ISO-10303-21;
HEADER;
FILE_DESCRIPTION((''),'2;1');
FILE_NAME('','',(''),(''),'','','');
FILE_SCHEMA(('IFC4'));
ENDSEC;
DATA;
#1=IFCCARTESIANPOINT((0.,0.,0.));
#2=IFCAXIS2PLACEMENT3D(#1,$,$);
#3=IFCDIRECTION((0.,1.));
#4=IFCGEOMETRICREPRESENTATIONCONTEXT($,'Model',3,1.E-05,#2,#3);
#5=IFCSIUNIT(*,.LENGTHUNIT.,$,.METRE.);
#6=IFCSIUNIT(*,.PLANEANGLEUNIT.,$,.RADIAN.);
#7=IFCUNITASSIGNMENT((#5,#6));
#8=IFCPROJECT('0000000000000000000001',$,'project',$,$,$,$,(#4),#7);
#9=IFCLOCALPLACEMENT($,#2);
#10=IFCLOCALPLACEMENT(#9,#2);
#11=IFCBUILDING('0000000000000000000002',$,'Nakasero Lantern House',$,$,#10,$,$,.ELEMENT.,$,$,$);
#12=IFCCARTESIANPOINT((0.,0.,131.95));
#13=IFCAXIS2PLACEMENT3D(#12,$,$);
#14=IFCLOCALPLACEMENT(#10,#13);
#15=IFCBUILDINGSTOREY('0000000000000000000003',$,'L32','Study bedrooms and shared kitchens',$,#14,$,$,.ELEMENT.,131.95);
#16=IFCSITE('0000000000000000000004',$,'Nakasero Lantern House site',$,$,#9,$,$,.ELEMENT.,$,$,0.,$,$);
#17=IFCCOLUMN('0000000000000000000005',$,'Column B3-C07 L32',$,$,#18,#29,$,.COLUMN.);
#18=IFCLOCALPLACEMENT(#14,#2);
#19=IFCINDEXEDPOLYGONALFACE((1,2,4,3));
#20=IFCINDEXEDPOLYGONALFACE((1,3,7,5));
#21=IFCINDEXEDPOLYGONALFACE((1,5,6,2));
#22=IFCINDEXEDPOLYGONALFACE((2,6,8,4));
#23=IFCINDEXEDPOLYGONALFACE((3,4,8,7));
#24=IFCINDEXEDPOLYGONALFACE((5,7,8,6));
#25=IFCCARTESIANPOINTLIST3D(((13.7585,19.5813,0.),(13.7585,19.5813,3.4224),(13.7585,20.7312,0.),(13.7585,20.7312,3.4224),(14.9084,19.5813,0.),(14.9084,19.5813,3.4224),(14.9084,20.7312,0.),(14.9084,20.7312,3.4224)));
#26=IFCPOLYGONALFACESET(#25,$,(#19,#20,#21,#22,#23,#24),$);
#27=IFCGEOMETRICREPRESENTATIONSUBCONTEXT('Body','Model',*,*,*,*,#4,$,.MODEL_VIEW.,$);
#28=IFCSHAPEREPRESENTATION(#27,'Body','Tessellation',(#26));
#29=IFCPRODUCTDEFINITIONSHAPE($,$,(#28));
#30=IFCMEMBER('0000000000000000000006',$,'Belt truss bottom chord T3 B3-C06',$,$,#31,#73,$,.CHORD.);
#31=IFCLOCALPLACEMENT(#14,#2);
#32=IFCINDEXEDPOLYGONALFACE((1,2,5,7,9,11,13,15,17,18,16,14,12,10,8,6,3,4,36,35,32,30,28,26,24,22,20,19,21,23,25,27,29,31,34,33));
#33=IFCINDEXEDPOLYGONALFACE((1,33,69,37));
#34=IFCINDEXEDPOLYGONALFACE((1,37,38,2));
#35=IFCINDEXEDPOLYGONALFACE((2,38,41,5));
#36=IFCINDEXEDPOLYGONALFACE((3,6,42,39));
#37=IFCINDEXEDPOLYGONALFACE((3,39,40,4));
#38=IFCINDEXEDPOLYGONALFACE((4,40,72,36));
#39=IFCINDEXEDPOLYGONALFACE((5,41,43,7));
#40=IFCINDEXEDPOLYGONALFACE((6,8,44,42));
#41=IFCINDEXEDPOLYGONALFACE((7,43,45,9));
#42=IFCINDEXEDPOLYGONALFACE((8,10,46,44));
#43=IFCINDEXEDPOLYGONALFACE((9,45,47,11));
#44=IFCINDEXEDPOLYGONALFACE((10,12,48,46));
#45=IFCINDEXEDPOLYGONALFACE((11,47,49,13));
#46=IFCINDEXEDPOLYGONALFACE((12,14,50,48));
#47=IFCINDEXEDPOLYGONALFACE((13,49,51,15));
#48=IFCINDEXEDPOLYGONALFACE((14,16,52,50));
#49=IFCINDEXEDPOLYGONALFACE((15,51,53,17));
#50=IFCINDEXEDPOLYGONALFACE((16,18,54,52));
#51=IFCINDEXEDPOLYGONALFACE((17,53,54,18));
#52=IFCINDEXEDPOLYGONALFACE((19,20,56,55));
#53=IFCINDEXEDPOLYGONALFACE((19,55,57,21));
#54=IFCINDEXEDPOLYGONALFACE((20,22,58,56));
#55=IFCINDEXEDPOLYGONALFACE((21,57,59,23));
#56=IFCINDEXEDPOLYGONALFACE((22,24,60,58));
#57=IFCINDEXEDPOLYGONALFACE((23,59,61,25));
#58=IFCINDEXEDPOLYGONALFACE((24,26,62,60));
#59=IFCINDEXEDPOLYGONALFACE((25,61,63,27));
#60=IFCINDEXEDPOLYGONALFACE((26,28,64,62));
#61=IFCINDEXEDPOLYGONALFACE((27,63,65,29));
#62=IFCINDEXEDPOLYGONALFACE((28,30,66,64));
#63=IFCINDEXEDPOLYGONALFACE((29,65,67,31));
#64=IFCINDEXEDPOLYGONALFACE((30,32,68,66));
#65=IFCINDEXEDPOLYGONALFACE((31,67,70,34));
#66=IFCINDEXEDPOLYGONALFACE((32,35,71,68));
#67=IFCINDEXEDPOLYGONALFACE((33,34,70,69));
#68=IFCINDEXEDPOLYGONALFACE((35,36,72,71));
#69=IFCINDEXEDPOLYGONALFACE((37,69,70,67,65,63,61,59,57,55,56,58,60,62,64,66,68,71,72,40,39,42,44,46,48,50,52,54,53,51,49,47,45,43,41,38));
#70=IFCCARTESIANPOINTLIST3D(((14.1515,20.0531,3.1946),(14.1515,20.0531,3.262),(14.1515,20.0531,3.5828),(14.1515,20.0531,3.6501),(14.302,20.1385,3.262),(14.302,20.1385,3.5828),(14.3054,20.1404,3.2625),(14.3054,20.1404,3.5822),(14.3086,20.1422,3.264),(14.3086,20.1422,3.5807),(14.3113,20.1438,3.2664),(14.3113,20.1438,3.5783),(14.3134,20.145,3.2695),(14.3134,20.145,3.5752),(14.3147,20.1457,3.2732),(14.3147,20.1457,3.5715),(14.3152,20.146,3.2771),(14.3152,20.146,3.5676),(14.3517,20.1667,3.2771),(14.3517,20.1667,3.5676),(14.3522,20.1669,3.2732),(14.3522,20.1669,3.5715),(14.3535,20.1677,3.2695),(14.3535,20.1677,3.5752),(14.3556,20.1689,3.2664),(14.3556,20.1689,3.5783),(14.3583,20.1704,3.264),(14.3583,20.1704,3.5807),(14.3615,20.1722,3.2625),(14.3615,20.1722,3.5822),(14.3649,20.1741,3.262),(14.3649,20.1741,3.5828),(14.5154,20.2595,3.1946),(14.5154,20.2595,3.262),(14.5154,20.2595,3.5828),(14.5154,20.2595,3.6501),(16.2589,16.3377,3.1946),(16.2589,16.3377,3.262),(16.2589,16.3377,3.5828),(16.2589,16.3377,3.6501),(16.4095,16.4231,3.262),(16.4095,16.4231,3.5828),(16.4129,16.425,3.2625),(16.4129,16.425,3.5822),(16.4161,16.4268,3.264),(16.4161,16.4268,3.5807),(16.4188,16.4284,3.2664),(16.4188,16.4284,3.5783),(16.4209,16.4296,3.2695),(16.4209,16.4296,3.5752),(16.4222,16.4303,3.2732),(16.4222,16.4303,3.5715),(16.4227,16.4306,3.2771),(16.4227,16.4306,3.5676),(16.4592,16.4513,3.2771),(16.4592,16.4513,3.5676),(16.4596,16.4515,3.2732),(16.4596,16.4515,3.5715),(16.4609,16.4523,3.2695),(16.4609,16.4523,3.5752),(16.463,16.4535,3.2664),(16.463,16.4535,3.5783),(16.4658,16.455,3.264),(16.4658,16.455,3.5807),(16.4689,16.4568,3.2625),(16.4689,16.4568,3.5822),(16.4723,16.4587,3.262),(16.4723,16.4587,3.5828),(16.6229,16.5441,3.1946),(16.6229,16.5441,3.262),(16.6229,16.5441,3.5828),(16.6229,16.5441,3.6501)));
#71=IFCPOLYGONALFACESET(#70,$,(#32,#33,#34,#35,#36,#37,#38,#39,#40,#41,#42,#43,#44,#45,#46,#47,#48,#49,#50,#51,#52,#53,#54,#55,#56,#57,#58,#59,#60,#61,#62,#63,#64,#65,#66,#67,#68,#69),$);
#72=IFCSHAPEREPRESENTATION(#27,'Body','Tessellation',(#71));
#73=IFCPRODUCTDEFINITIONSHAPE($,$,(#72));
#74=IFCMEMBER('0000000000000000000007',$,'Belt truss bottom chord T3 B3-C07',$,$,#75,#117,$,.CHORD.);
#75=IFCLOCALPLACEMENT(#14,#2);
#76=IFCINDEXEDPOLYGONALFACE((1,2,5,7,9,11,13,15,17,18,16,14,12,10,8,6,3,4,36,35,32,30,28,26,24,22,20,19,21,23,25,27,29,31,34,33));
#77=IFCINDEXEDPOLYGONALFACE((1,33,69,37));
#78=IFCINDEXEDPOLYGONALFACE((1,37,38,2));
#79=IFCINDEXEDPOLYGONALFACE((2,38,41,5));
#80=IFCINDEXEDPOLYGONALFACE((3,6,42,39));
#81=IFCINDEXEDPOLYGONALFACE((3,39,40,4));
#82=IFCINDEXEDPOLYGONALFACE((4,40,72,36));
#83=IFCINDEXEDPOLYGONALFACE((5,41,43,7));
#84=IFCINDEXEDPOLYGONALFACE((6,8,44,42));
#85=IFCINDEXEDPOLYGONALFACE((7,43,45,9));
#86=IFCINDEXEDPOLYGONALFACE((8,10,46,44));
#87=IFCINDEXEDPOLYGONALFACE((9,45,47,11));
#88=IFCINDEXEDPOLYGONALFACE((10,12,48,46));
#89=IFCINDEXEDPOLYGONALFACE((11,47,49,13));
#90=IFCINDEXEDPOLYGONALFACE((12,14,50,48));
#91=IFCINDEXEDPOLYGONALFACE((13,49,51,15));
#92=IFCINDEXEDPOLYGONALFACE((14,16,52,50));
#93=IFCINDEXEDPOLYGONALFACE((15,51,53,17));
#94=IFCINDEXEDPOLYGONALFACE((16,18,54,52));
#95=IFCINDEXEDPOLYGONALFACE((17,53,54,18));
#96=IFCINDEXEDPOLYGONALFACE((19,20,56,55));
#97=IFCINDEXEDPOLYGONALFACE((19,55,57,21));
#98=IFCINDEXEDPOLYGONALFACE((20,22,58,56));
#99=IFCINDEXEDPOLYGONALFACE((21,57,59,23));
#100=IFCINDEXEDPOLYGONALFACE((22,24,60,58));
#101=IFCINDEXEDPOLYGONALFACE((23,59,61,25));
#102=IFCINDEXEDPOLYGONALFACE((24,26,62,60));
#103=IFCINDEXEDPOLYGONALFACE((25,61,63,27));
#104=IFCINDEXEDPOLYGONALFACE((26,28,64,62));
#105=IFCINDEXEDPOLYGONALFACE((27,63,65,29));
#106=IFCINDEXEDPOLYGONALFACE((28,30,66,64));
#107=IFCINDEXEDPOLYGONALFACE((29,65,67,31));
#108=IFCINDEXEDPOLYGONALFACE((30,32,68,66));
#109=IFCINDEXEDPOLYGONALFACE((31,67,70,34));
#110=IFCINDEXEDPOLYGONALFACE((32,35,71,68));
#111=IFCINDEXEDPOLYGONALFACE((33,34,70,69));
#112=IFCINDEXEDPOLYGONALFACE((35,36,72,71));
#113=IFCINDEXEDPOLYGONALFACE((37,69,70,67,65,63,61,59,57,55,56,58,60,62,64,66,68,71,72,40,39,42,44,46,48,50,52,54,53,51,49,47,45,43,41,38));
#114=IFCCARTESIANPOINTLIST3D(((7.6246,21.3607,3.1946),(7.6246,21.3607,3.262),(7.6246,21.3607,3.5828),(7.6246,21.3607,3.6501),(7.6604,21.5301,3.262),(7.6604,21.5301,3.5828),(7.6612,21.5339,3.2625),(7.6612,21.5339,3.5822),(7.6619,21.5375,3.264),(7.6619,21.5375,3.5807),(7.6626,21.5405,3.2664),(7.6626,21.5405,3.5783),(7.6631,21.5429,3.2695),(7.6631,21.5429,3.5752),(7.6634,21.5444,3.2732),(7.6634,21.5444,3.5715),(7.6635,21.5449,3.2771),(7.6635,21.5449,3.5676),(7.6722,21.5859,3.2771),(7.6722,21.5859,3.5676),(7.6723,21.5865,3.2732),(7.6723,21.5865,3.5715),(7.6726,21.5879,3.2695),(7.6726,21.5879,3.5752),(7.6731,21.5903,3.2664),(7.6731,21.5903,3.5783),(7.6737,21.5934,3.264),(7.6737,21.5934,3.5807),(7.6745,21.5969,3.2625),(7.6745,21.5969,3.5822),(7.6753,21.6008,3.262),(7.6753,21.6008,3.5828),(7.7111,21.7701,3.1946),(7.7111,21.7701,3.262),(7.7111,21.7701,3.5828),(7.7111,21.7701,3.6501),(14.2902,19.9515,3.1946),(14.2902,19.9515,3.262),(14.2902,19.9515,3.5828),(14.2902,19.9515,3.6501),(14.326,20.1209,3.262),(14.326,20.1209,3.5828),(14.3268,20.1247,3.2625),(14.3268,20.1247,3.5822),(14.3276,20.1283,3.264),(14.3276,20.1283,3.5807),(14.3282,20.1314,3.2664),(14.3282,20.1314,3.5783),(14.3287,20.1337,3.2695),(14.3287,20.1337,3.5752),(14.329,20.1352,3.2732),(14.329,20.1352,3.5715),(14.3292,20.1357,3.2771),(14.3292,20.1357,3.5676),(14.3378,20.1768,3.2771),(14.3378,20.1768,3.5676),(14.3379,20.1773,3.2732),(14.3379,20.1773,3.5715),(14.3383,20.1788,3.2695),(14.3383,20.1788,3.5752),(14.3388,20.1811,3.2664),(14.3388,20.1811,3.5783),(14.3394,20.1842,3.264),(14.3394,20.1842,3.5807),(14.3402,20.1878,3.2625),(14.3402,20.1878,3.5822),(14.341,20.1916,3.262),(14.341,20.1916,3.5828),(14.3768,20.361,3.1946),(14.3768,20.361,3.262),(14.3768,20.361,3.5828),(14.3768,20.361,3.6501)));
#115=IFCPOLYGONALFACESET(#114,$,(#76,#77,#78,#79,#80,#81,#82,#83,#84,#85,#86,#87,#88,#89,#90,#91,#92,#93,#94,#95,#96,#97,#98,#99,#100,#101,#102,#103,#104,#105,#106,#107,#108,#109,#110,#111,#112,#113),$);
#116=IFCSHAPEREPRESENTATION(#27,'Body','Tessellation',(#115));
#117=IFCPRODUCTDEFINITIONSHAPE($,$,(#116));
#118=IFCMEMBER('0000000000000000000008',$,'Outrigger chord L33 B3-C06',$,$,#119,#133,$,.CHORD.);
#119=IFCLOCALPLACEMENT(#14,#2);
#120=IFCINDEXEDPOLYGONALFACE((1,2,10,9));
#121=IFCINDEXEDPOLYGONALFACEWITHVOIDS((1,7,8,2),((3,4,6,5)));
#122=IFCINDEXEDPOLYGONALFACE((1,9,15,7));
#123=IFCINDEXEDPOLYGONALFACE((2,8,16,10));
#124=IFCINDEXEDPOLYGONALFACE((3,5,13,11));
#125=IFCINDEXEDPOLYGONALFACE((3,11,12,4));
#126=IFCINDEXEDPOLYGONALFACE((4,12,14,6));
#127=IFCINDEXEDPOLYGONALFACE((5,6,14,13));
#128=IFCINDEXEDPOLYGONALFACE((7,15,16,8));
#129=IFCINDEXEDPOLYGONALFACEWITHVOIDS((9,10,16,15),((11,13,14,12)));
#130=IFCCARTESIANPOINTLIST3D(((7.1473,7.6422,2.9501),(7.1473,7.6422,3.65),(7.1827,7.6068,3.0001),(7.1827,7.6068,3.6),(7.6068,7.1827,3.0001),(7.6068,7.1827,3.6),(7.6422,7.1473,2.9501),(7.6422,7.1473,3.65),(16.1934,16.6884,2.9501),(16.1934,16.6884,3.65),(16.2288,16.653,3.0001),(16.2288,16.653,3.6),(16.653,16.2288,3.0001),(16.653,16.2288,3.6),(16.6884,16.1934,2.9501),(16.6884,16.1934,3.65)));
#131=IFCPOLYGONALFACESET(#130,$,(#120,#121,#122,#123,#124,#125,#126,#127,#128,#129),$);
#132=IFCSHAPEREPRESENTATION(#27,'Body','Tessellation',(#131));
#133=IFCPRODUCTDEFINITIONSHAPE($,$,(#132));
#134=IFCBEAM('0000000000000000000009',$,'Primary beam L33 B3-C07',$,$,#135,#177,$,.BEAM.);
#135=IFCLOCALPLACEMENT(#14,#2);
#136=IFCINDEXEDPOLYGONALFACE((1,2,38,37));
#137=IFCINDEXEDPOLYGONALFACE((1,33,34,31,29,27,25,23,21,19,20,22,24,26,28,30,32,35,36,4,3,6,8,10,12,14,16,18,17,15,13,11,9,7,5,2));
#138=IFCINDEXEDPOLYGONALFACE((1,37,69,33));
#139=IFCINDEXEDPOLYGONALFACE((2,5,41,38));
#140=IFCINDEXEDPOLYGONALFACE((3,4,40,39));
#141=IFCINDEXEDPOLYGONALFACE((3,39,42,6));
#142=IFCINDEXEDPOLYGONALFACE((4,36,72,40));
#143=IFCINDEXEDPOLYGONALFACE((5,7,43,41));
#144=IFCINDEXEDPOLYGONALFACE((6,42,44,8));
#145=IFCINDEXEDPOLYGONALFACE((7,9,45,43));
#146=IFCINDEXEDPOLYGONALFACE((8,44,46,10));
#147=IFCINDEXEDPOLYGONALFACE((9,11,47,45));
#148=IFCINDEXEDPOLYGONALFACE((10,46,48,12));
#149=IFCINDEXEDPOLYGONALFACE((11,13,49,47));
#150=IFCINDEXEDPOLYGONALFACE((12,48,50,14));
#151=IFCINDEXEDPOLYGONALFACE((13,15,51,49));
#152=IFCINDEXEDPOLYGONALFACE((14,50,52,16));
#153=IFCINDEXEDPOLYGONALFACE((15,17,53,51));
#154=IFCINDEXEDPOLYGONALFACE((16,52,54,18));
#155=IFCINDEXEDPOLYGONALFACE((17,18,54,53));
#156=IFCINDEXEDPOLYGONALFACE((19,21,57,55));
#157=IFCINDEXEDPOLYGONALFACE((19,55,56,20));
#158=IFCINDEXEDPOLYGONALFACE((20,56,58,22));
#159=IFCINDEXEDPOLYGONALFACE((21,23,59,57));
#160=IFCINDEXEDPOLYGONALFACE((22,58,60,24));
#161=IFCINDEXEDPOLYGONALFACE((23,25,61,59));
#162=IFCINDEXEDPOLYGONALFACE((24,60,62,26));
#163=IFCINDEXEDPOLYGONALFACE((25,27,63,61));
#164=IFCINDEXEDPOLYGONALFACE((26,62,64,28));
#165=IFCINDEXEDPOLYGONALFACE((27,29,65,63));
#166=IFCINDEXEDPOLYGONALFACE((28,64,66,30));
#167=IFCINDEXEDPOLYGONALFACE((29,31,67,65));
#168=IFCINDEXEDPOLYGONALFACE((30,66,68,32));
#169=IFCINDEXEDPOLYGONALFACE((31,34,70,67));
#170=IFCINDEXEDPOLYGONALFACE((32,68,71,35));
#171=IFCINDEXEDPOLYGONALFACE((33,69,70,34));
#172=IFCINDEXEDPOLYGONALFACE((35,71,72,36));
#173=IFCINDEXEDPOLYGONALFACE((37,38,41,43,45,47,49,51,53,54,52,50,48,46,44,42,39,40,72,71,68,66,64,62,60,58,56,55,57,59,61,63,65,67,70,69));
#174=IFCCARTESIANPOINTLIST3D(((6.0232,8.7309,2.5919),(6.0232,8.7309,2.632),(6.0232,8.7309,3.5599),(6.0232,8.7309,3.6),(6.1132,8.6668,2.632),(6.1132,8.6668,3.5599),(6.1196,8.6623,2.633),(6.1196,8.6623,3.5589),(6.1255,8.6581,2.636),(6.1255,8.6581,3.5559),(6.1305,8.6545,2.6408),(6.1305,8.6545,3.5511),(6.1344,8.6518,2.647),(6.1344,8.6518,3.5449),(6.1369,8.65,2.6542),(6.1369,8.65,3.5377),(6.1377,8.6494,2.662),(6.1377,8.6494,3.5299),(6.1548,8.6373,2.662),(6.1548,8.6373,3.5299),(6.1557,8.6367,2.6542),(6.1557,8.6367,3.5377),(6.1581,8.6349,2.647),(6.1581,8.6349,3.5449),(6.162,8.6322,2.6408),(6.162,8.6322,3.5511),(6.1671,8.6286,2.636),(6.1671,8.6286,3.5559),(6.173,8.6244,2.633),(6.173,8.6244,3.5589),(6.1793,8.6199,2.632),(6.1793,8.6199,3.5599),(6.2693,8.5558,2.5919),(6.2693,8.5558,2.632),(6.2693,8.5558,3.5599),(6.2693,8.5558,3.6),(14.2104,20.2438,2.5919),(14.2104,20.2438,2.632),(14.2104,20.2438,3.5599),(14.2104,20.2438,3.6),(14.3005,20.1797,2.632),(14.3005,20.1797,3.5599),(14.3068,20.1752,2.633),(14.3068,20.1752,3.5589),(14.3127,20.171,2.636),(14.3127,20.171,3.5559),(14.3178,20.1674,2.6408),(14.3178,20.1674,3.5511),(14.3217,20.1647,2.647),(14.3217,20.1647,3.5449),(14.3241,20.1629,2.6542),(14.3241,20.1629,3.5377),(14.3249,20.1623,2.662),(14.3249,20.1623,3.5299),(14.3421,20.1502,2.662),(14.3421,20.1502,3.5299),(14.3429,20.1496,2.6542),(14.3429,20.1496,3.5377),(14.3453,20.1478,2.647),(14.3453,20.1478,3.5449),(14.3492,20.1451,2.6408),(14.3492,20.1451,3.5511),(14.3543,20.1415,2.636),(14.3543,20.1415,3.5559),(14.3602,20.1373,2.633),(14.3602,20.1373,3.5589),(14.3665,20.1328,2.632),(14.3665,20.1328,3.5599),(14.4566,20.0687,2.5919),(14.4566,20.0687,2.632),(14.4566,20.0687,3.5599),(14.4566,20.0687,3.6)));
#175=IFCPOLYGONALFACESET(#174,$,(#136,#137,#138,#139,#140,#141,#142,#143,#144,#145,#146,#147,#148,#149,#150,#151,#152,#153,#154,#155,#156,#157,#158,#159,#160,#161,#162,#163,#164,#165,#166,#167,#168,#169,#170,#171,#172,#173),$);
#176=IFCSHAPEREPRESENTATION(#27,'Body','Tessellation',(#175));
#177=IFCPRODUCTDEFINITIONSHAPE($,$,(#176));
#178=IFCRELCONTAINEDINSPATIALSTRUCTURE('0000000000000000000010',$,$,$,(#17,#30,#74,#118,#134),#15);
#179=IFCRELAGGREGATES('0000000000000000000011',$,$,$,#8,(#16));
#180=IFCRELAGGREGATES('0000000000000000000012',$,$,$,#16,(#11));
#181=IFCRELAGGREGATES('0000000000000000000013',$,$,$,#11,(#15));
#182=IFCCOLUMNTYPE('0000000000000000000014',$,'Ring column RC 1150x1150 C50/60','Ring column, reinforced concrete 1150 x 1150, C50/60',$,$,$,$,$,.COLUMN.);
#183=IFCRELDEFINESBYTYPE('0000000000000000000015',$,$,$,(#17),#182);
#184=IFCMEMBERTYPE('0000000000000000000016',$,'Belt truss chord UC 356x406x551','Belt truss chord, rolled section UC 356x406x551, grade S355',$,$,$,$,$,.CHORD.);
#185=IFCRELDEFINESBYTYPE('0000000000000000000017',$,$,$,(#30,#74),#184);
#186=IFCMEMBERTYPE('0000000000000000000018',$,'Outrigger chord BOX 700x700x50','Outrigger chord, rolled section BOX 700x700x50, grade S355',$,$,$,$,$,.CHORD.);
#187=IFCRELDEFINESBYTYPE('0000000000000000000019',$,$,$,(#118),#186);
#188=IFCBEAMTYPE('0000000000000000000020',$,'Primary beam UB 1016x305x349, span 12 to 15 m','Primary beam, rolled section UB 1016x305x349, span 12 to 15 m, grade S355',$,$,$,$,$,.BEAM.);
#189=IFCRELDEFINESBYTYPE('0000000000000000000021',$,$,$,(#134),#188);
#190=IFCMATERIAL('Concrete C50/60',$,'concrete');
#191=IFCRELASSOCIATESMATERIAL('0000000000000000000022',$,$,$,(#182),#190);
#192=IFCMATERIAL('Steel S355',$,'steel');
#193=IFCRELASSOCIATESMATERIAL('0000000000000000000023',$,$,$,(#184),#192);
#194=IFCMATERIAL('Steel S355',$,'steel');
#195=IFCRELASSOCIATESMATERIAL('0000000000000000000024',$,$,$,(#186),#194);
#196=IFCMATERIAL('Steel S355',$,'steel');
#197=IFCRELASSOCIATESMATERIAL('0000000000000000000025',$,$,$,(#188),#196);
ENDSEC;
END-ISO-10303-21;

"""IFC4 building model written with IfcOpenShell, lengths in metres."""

from ifc_helpers import new_model, si_unit, direction, frame, origin, origin_2d, place, context, subcontext, project, spatial, rectangle, hollow_rectangle, i_section, extrude, material, material_profile, profile_set, type_object, element, save


model = new_model("IFC4")

# Units and contexts
model_context = context("Model", 3, precision=1e-05, world=origin(), true_north=direction((0.0, 1.0)))
body_context = subcontext(model_context, "Body", "Model", "MODEL_VIEW")
ifc_project = project(units=[si_unit("LENGTHUNIT", "METRE"), si_unit("PLANEANGLEUNIT", "RADIAN")], contexts=[model_context])

# Site, building, storey
site_placement = place(None, origin())
site = spatial("IfcSite", under=ifc_project, at=site_placement, Name="Nakasero Lantern House site", CompositionType="ELEMENT", RefElevation=0.0)
building_placement = place(site_placement, origin())
building = spatial("IfcBuilding", under=site, at=building_placement, Name="Nakasero Lantern House", CompositionType="ELEMENT")
storey_placement = place(building_placement, frame((0.0, 0.0, 131.95)))
storey = spatial("IfcBuildingStorey", under=building, at=storey_placement, Name="L32", Description="Study bedrooms and shared kitchens", CompositionType="ELEMENT", Elevation=131.95)

# Column
ifc_material_1 = material(Name="Concrete C50/60", Category="concrete")
ifc_material_profile_1 = material_profile(ifc_material_1, rectangle(XDim=1.1499, YDim=1.1499, at=origin_2d()), Name="RC 1150x1150")
ifc_profile_set_1 = profile_set([ifc_material_profile_1], Name="Concrete C50/60")
column_type = type_object("IfcColumnType", Name="Ring column RC 1150x1150 C50/60", Description="Ring column, reinforced concrete 1150 x 1150, C50/60", PredefinedType="COLUMN", material=ifc_profile_set_1)
column_placement = place(storey_placement, frame((14.3335, 20.1562, 0.0), z_axis=(0.0, 0.0, 1.0), x_axis=(1.0, 0.0, 0.0)))
element("IfcColumn", 1, at=column_placement, inside=storey, type_object=column_type, Name="Column B3-C07 L32", PredefinedType="COLUMN", context=body_context, shape_type="SweptSolid", body=[
    extrude(rectangle(XDim=1.1499, YDim=1.1499, at=origin_2d()), origin(), (0.0, 0.0, 1.0), 3.4224),
])

# Members
ifc_material_2 = material(Name="Steel S355", Category="steel")
ifc_material_profile_2 = material_profile(ifc_material_2, i_section(OverallWidth=0.4185, OverallDepth=0.4556, WebThickness=0.042, FlangeThickness=0.0674, FilletRadius=0.0151, at=origin_2d()), Name="UC 356x406x551")
ifc_profile_set_2 = profile_set([ifc_material_profile_2], Name="Steel S355")
member_type_1 = type_object("IfcMemberType", Name="Belt truss chord UC 356x406x551", Description="Belt truss chord, rolled section UC 356x406x551, grade S355", PredefinedType="CHORD", material=ifc_profile_set_2)
member_1_placement = place(storey_placement, frame((16.4409, 16.4409, 3.4224), z_axis=(-0.493379, 0.869815, 0.0), x_axis=(-0.869815, -0.493379, 0.0)))
element("IfcMember", 2, at=member_1_placement, inside=storey, type_object=member_type_1, Name="Belt truss bottom chord T3 B3-C06", PredefinedType="CHORD", context=body_context, shape_type="SweptSolid", body=[
    extrude(i_section(OverallWidth=0.4185, OverallDepth=0.4556, WebThickness=0.042, FlangeThickness=0.0674, FilletRadius=0.0151, at=origin_2d()), origin(), (0.0, 0.0, 1.0), 4.2715),
])
member_2_placement = place(storey_placement, frame((14.3335, 20.1562, 3.4224), z_axis=(-0.978376, 0.206834, 0.0), x_axis=(-0.206834, -0.978376, 0.0)))
element("IfcMember", 3, at=member_2_placement, inside=storey, type_object=member_type_1, Name="Belt truss bottom chord T3 B3-C07", PredefinedType="CHORD", context=body_context, shape_type="SweptSolid", body=[
    extrude(i_section(OverallWidth=0.4185, OverallDepth=0.4556, WebThickness=0.042, FlangeThickness=0.0674, FilletRadius=0.0151, at=origin_2d()), origin(), (0.0, 0.0, 1.0), 6.813),
])
ifc_material_3 = material(Name="Steel S355", Category="steel")
ifc_material_profile_3 = material_profile(ifc_material_3, hollow_rectangle(XDim=0.7, YDim=0.7, WallThickness=0.05, at=origin_2d()), Name="BOX 700x700x50")
ifc_profile_set_3 = profile_set([ifc_material_profile_3], Name="Steel S355")
member_type_2 = type_object("IfcMemberType", Name="Outrigger chord BOX 700x700x50", Description="Outrigger chord, rolled section BOX 700x700x50, grade S355", PredefinedType="CHORD", material=ifc_profile_set_3)
member_3_placement = place(storey_placement, frame((16.4409, 16.4409, 3.3), z_axis=(-0.707107, -0.707107, 0.0), x_axis=(0.707107, -0.707107, 0.0)))
element("IfcMember", 4, at=member_3_placement, inside=storey, type_object=member_type_2, Name="Outrigger chord L33 B3-C06", PredefinedType="CHORD", context=body_context, shape_type="SweptSolid", body=[
    extrude(hollow_rectangle(XDim=0.7, YDim=0.7, WallThickness=0.05, at=origin_2d()), origin(), (0.0, 0.0, 1.0), 12.7932),
])

# Beam
ifc_material_4 = material(Name="Steel S355", Category="steel")
ifc_material_profile_4 = material_profile(ifc_material_4, i_section(OverallWidth=0.302, OverallDepth=1.0081, WebThickness=0.021, FlangeThickness=0.04, FilletRadius=0.03, at=origin_2d()), Name="UB 1016x305x349")
ifc_profile_set_4 = profile_set([ifc_material_profile_4], Name="Steel S355")
beam_type = type_object("IfcBeamType", Name="Primary beam UB 1016x305x349, span 12 to 15 m", Description="Primary beam, rolled section UB 1016x305x349, span 12 to 15 m, grade S355", PredefinedType="BEAM", material=ifc_profile_set_4)
beam_placement = place(storey_placement, frame((14.3335, 20.1562, 3.0959), z_axis=(-0.579537, -0.814946, 0.0), x_axis=(0.814946, -0.579537, 0.0)))
element("IfcBeam", 5, at=beam_placement, inside=storey, type_object=beam_type, Name="Primary beam L33 B3-C07", PredefinedType="BEAM", context=body_context, shape_type="SweptSolid", body=[
    extrude(i_section(OverallWidth=0.302, OverallDepth=1.0081, WebThickness=0.021, FlangeThickness=0.04, FilletRadius=0.03, at=origin_2d()), origin(), (0.0, 0.0, 1.0), 14.1272),
])

save(model, "model.ifc")
